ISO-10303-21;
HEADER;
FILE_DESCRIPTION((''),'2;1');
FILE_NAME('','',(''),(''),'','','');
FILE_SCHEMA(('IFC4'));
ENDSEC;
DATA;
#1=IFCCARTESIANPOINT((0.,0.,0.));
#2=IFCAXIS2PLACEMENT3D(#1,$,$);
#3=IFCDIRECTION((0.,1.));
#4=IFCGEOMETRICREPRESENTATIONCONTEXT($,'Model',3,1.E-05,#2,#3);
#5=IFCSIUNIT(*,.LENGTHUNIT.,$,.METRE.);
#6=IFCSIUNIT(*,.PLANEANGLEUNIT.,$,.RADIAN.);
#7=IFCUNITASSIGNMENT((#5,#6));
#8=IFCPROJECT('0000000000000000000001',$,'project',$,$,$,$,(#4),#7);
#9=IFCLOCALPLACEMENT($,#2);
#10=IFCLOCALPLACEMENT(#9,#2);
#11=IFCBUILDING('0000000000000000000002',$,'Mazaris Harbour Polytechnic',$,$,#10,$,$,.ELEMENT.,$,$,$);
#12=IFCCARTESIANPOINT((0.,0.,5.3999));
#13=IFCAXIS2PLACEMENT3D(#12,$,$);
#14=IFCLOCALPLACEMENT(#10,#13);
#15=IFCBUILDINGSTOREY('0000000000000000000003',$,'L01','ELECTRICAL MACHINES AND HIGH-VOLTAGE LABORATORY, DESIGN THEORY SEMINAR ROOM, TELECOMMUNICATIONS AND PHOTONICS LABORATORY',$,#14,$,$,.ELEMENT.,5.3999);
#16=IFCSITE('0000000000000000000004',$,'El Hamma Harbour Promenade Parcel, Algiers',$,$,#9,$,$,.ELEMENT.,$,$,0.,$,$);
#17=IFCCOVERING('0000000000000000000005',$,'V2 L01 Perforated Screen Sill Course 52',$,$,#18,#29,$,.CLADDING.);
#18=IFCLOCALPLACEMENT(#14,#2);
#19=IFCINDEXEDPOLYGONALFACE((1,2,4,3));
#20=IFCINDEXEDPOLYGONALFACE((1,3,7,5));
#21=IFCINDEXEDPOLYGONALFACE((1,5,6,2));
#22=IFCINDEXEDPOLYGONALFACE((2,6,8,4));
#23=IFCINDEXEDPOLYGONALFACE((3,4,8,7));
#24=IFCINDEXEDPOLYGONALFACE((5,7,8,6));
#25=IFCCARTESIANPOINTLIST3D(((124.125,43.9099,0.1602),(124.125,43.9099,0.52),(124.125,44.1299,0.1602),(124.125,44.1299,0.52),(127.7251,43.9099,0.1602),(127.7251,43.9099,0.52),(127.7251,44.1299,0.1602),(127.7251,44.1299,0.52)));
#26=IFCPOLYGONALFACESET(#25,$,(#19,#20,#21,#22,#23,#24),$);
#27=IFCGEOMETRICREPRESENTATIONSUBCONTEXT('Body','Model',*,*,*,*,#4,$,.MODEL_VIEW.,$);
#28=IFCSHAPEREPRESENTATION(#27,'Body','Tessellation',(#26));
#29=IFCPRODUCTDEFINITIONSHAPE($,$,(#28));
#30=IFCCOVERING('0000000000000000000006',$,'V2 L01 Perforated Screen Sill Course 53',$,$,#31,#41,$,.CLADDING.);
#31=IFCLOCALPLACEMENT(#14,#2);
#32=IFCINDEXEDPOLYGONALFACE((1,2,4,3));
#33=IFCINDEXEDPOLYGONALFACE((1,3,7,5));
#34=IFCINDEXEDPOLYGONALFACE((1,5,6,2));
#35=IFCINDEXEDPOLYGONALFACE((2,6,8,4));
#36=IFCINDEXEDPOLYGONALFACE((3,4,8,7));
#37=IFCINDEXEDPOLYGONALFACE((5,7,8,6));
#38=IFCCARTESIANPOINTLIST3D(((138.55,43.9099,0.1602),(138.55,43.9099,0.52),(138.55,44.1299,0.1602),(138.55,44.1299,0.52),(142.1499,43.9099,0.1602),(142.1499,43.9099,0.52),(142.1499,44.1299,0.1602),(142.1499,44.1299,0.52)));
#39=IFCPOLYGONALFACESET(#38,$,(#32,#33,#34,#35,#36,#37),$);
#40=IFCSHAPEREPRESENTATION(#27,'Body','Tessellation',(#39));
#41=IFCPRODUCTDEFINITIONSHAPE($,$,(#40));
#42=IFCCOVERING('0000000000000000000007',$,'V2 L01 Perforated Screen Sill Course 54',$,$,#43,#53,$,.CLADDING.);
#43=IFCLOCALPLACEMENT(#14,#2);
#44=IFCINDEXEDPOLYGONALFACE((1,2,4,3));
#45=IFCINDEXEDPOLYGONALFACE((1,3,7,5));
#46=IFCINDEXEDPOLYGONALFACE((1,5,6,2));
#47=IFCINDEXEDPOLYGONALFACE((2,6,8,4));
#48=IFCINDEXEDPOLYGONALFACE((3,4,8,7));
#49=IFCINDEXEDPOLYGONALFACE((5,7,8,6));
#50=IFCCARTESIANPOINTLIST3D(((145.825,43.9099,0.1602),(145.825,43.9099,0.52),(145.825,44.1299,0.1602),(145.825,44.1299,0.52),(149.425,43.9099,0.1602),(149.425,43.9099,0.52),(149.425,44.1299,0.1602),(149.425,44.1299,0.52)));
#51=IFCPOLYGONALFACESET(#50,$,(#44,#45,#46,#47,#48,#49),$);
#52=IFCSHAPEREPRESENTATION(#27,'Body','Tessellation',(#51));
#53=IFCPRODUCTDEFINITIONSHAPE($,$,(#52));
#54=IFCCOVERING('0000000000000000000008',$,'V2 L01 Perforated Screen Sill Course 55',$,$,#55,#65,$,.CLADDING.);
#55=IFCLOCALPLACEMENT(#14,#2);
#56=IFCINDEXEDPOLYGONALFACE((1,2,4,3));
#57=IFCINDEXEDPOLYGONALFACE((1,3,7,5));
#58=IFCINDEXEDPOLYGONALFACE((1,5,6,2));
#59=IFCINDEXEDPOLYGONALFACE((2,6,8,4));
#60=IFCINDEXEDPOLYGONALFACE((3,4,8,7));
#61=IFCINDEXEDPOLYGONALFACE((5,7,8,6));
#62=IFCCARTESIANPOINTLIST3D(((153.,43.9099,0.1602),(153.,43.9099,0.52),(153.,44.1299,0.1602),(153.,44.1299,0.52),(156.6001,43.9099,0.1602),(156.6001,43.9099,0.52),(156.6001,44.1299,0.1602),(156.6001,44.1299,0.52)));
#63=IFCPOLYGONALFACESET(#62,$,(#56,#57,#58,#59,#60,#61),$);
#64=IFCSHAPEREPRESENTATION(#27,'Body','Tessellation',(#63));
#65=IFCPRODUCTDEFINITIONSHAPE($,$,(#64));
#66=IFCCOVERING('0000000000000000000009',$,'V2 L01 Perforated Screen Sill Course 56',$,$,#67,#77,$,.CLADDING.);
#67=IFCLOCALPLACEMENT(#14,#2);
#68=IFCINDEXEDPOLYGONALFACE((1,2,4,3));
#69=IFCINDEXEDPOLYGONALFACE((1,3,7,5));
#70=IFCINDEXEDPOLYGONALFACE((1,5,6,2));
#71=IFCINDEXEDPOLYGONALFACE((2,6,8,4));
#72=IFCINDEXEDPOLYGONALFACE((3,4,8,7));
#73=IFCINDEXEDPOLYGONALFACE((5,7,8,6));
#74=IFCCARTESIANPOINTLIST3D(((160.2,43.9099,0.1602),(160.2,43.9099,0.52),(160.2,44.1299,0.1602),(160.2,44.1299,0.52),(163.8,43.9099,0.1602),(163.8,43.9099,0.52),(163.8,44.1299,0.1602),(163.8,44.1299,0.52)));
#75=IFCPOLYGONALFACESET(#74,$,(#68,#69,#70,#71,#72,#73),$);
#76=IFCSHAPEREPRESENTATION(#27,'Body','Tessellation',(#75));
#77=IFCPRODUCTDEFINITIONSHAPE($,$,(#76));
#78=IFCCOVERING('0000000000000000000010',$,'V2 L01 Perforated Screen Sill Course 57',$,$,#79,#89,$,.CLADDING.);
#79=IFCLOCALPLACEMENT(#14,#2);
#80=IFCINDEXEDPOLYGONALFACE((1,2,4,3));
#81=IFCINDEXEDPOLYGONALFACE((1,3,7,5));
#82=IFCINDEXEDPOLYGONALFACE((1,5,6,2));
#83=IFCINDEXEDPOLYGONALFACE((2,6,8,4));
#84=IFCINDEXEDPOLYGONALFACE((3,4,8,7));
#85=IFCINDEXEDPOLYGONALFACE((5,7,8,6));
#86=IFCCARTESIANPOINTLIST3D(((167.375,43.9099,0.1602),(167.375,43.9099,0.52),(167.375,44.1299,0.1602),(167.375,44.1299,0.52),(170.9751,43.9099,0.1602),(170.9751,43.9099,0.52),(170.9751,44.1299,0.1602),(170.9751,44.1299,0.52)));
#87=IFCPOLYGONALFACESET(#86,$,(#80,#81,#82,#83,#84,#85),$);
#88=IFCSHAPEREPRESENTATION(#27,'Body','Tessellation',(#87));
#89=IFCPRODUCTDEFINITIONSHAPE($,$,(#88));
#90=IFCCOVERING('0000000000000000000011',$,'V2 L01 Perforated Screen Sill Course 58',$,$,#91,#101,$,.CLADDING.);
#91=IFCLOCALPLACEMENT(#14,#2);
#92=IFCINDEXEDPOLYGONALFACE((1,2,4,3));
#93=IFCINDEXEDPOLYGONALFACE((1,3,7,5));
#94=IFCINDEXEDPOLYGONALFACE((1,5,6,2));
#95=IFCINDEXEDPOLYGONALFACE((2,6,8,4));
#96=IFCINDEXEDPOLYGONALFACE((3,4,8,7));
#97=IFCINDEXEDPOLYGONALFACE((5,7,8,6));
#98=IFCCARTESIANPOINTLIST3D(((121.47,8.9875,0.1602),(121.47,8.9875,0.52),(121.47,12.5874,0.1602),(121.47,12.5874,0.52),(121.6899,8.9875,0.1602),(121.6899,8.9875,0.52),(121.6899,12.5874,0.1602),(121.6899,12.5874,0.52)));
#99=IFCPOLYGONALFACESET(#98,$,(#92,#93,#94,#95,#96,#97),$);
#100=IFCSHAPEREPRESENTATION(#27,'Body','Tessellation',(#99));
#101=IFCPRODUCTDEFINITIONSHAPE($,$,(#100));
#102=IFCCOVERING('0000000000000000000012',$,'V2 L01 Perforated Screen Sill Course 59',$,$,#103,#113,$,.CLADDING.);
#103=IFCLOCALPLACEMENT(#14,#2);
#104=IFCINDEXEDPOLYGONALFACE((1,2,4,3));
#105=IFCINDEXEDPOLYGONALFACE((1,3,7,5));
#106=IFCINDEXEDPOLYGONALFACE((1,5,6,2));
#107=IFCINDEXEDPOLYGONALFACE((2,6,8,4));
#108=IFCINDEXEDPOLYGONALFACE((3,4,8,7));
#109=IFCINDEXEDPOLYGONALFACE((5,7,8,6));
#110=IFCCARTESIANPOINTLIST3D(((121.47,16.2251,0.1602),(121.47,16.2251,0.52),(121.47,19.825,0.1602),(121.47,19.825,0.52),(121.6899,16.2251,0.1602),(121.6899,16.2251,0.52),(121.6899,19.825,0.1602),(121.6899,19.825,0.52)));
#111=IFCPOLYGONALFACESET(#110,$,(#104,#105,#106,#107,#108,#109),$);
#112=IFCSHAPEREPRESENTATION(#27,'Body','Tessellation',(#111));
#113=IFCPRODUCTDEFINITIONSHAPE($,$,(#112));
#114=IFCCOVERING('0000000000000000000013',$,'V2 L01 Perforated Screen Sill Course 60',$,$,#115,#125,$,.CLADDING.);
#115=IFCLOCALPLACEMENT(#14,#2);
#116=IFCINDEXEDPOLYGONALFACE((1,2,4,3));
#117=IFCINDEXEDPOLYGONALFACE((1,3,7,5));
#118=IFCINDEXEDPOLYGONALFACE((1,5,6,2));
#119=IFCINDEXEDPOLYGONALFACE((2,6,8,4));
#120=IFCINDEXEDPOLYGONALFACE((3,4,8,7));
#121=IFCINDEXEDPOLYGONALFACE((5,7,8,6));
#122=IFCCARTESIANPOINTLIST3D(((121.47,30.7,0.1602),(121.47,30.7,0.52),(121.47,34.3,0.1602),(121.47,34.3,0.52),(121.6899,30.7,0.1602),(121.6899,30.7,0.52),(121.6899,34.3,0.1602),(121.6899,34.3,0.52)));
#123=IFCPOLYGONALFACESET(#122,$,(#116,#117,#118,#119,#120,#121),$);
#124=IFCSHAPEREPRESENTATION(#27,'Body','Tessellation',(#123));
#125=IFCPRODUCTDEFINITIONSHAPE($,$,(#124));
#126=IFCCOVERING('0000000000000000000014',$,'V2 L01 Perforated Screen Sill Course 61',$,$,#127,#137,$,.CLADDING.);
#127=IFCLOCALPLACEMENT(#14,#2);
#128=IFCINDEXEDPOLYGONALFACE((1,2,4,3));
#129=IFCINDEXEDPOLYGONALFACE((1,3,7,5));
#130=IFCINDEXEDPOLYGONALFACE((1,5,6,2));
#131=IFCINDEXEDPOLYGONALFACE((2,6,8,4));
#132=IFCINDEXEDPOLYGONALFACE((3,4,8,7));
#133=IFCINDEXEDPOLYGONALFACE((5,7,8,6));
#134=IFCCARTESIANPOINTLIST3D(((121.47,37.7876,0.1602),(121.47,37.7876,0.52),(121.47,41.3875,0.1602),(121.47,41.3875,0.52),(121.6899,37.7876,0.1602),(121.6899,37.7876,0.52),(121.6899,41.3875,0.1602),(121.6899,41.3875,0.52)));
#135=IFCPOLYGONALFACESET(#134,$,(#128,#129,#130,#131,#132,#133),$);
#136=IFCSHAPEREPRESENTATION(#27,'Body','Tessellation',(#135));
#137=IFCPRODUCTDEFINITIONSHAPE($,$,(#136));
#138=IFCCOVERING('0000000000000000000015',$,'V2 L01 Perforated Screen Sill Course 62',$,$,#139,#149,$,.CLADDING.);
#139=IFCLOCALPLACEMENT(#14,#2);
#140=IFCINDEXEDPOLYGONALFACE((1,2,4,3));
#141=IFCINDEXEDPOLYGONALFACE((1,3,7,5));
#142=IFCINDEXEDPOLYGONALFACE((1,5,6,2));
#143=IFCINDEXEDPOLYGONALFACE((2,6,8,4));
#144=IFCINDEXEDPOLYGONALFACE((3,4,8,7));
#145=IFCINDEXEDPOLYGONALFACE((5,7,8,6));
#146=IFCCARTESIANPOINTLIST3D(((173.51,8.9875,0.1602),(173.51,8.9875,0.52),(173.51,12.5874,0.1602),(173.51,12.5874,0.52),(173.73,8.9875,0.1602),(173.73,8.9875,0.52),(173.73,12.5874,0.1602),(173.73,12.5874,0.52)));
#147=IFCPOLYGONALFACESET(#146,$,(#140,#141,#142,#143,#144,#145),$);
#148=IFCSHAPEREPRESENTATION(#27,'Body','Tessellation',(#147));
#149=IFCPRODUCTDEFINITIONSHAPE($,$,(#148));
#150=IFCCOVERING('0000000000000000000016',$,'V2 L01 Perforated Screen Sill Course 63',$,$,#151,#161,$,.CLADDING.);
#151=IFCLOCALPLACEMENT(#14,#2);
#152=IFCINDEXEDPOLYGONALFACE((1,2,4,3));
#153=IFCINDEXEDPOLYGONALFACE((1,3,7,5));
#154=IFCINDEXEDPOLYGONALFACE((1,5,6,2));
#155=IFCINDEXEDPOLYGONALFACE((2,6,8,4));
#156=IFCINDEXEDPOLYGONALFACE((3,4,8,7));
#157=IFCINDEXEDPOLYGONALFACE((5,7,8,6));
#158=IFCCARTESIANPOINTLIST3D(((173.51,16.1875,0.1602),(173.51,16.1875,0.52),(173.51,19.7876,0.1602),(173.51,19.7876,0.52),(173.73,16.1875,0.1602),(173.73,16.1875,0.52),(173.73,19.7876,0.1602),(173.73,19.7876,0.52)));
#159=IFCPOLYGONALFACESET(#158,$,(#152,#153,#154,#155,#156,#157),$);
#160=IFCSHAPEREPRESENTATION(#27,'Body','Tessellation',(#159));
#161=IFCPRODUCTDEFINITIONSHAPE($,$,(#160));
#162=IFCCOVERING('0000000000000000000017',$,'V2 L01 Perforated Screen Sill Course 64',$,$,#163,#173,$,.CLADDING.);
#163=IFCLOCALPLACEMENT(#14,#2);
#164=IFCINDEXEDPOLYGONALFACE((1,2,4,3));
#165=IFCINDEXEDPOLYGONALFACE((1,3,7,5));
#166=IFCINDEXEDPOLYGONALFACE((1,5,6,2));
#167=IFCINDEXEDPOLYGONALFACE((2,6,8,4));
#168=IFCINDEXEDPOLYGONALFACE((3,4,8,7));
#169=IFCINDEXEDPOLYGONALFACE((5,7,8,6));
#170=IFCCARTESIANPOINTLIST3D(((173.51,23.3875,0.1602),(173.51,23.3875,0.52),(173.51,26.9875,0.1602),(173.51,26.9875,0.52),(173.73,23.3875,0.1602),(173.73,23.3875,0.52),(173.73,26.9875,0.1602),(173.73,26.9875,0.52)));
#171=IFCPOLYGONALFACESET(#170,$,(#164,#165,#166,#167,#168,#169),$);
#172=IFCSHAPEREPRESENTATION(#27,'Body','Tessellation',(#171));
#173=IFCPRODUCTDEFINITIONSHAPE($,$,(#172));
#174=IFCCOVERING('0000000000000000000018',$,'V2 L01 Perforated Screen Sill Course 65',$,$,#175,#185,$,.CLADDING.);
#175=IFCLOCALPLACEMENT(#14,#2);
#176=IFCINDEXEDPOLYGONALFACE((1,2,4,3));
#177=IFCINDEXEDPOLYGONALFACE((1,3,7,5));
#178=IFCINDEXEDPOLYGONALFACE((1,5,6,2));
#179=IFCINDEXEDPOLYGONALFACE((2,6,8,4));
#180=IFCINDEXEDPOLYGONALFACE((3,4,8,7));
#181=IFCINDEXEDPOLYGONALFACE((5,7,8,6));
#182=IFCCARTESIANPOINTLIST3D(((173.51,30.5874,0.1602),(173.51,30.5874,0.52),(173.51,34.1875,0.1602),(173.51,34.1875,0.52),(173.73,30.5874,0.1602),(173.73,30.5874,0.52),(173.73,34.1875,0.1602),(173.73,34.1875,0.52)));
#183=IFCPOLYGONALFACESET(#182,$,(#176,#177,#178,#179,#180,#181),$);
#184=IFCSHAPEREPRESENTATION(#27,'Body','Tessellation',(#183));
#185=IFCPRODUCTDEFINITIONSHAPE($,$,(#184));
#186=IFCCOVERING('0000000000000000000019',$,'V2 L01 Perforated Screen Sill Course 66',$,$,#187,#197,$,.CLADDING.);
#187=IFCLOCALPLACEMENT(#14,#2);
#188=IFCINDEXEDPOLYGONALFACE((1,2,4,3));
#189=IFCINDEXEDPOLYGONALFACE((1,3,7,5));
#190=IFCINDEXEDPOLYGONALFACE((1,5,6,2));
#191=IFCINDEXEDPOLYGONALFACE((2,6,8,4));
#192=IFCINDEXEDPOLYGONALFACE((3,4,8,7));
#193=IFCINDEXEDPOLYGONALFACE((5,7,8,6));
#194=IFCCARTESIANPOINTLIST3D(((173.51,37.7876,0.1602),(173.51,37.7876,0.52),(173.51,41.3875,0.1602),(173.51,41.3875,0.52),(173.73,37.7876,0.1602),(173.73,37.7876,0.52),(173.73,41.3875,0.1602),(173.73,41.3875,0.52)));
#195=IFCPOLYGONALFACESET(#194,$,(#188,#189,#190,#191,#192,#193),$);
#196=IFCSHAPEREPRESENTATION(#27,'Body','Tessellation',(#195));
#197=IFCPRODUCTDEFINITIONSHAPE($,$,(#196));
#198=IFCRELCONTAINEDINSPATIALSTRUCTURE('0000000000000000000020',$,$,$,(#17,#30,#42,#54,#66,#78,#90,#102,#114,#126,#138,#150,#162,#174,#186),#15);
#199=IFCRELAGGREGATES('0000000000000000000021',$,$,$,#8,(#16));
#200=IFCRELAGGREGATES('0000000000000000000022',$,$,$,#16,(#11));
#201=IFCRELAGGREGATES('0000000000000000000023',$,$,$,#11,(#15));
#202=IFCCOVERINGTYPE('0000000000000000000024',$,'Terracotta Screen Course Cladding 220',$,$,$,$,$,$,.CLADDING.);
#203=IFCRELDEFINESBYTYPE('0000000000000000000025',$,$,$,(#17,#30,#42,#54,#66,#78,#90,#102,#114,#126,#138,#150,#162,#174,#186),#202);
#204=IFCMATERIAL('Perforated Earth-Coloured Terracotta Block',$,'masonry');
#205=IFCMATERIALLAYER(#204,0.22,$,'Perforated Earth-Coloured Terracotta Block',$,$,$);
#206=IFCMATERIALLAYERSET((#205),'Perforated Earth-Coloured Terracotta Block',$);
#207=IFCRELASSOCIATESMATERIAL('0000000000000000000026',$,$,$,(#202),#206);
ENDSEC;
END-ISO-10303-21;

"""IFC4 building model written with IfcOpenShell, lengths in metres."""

from ifc_helpers import new_model, si_unit, direction, frame, origin, place, context, subcontext, project, spatial, polyline, outline, extrude, material, layer, layer_set, type_object, element, save


model = new_model("IFC4")

# Units and contexts
model_context = context("Model", 3, precision=1e-05, world=origin(), true_north=direction((0.0, 1.0)))
body_context = subcontext(model_context, "Body", "Model", "MODEL_VIEW")
ifc_project = project(units=[si_unit("LENGTHUNIT", "METRE"), si_unit("PLANEANGLEUNIT", "RADIAN")], contexts=[model_context])

# Site, building, storey
site_placement = place(None, origin())
site = spatial("IfcSite", under=ifc_project, at=site_placement, Name="El Hamma Harbour Promenade Parcel, Algiers", CompositionType="ELEMENT", RefElevation=0.0)
building_placement = place(site_placement, origin())
building = spatial("IfcBuilding", under=site, at=building_placement, Name="Mazaris Harbour Polytechnic", CompositionType="ELEMENT")
storey_placement = place(building_placement, frame((0.0, 0.0, 5.3999)))
storey = spatial("IfcBuildingStorey", under=building, at=storey_placement, Name="L01", Description="ELECTRICAL MACHINES AND HIGH-VOLTAGE LABORATORY, DESIGN THEORY SEMINAR ROOM, TELECOMMUNICATIONS AND PHOTONICS LABORATORY", CompositionType="ELEMENT", Elevation=5.3999)

# Coverings
ifc_material = material(Name="Perforated Earth-Coloured Terracotta Block", Category="masonry")
ifc_layer = layer(ifc_material, 0.22, Name="Perforated Earth-Coloured Terracotta Block")
ifc_layer_set = layer_set([ifc_layer], Name="Perforated Earth-Coloured Terracotta Block")
covering_type = type_object("IfcCoveringType", Name="Terracotta Screen Course Cladding 220", PredefinedType="CLADDING", material=ifc_layer_set)
covering_1_placement = place(storey_placement, frame((0.0, 0.0, 0.1602)))
element("IfcCovering", 1, at=covering_1_placement, inside=storey, type_object=covering_type, Name="V2 L01 Perforated Screen Sill Course 52", PredefinedType="CLADDING", context=body_context, shape_type="SweptSolid", body=[
    extrude(outline(polyline([(124.125, 43.9099), (127.7251, 43.9099), (127.7251, 44.1299), (124.125, 44.1299), (124.125, 43.9099)])), origin(), (0.0, 0.0, 1.0), 0.3599),
])
covering_2_placement = place(storey_placement, frame((0.0, 0.0, 0.1602)))
element("IfcCovering", 2, at=covering_2_placement, inside=storey, type_object=covering_type, Name="V2 L01 Perforated Screen Sill Course 53", PredefinedType="CLADDING", context=body_context, shape_type="SweptSolid", body=[
    extrude(outline(polyline([(138.55, 43.9099), (142.1499, 43.9099), (142.1499, 44.1299), (138.55, 44.1299), (138.55, 43.9099)])), origin(), (0.0, 0.0, 1.0), 0.3599),
])
covering_3_placement = place(storey_placement, frame((0.0, 0.0, 0.1602)))
element("IfcCovering", 3, at=covering_3_placement, inside=storey, type_object=covering_type, Name="V2 L01 Perforated Screen Sill Course 54", PredefinedType="CLADDING", context=body_context, shape_type="SweptSolid", body=[
    extrude(outline(polyline([(145.825, 43.9099), (149.425, 43.9099), (149.425, 44.1299), (145.825, 44.1299), (145.825, 43.9099)])), origin(), (0.0, 0.0, 1.0), 0.3599),
])
covering_4_placement = place(storey_placement, frame((0.0, 0.0, 0.1602)))
element("IfcCovering", 4, at=covering_4_placement, inside=storey, type_object=covering_type, Name="V2 L01 Perforated Screen Sill Course 55", PredefinedType="CLADDING", context=body_context, shape_type="SweptSolid", body=[
    extrude(outline(polyline([(153.0, 43.9099), (156.6001, 43.9099), (156.6001, 44.1299), (153.0, 44.1299), (153.0, 43.9099)])), origin(), (0.0, 0.0, 1.0), 0.3599),
])
covering_5_placement = place(storey_placement, frame((0.0, 0.0, 0.1602)))
element("IfcCovering", 5, at=covering_5_placement, inside=storey, type_object=covering_type, Name="V2 L01 Perforated Screen Sill Course 56", PredefinedType="CLADDING", context=body_context, shape_type="SweptSolid", body=[
    extrude(outline(polyline([(160.2, 43.9099), (163.8, 43.9099), (163.8, 44.1299), (160.2, 44.1299), (160.2, 43.9099)])), origin(), (0.0, 0.0, 1.0), 0.3599),
])
covering_6_placement = place(storey_placement, frame((0.0, 0.0, 0.1602)))
element("IfcCovering", 6, at=covering_6_placement, inside=storey, type_object=covering_type, Name="V2 L01 Perforated Screen Sill Course 57", PredefinedType="CLADDING", context=body_context, shape_type="SweptSolid", body=[
    extrude(outline(polyline([(167.375, 43.9099), (170.9751, 43.9099), (170.9751, 44.1299), (167.375, 44.1299), (167.375, 43.9099)])), origin(), (0.0, 0.0, 1.0), 0.3599),
])
covering_7_placement = place(storey_placement, frame((0.0, 0.0, 0.1602)))
element("IfcCovering", 7, at=covering_7_placement, inside=storey, type_object=covering_type, Name="V2 L01 Perforated Screen Sill Course 58", PredefinedType="CLADDING", context=body_context, shape_type="SweptSolid", body=[
    extrude(outline(polyline([(121.6899, 8.9875), (121.6899, 12.5874), (121.47, 12.5874), (121.47, 8.9875), (121.6899, 8.9875)])), origin(), (0.0, 0.0, 1.0), 0.3599),
])
covering_8_placement = place(storey_placement, frame((0.0, 0.0, 0.1602)))
element("IfcCovering", 8, at=covering_8_placement, inside=storey, type_object=covering_type, Name="V2 L01 Perforated Screen Sill Course 59", PredefinedType="CLADDING", context=body_context, shape_type="SweptSolid", body=[
    extrude(outline(polyline([(121.6899, 16.2251), (121.6899, 19.825), (121.47, 19.825), (121.47, 16.2251), (121.6899, 16.2251)])), origin(), (0.0, 0.0, 1.0), 0.3599),
])
covering_9_placement = place(storey_placement, frame((0.0, 0.0, 0.1602)))
element("IfcCovering", 9, at=covering_9_placement, inside=storey, type_object=covering_type, Name="V2 L01 Perforated Screen Sill Course 60", PredefinedType="CLADDING", context=body_context, shape_type="SweptSolid", body=[
    extrude(outline(polyline([(121.6899, 30.7), (121.6899, 34.3), (121.47, 34.3), (121.47, 30.7), (121.6899, 30.7)])), origin(), (0.0, 0.0, 1.0), 0.3599),
])
covering_10_placement = place(storey_placement, frame((0.0, 0.0, 0.1602)))
element("IfcCovering", 10, at=covering_10_placement, inside=storey, type_object=covering_type, Name="V2 L01 Perforated Screen Sill Course 61", PredefinedType="CLADDING", context=body_context, shape_type="SweptSolid", body=[
    extrude(outline(polyline([(121.6899, 37.7876), (121.6899, 41.3875), (121.47, 41.3875), (121.47, 37.7876), (121.6899, 37.7876)])), origin(), (0.0, 0.0, 1.0), 0.3599),
])
covering_11_placement = place(storey_placement, frame((0.0, 0.0, 0.1602)))
element("IfcCovering", 11, at=covering_11_placement, inside=storey, type_object=covering_type, Name="V2 L01 Perforated Screen Sill Course 62", PredefinedType="CLADDING", context=body_context, shape_type="SweptSolid", body=[
    extrude(outline(polyline([(173.51, 12.5874), (173.51, 8.9875), (173.73, 8.9875), (173.73, 12.5874), (173.51, 12.5874)])), origin(), (0.0, 0.0, 1.0), 0.3599),
])
covering_12_placement = place(storey_placement, frame((0.0, 0.0, 0.1602)))
element("IfcCovering", 12, at=covering_12_placement, inside=storey, type_object=covering_type, Name="V2 L01 Perforated Screen Sill Course 63", PredefinedType="CLADDING", context=body_context, shape_type="SweptSolid", body=[
    extrude(outline(polyline([(173.51, 19.7876), (173.51, 16.1875), (173.73, 16.1875), (173.73, 19.7876), (173.51, 19.7876)])), origin(), (0.0, 0.0, 1.0), 0.3599),
])
covering_13_placement = place(storey_placement, frame((0.0, 0.0, 0.1602)))
element("IfcCovering", 13, at=covering_13_placement, inside=storey, type_object=covering_type, Name="V2 L01 Perforated Screen Sill Course 64", PredefinedType="CLADDING", context=body_context, shape_type="SweptSolid", body=[
    extrude(outline(polyline([(173.51, 26.9875), (173.51, 23.3875), (173.73, 23.3875), (173.73, 26.9875), (173.51, 26.9875)])), origin(), (0.0, 0.0, 1.0), 0.3599),
])
covering_14_placement = place(storey_placement, frame((0.0, 0.0, 0.1602)))
element("IfcCovering", 14, at=covering_14_placement, inside=storey, type_object=covering_type, Name="V2 L01 Perforated Screen Sill Course 65", PredefinedType="CLADDING", context=body_context, shape_type="SweptSolid", body=[
    extrude(outline(polyline([(173.51, 34.1875), (173.51, 30.5874), (173.73, 30.5874), (173.73, 34.1875), (173.51, 34.1875)])), origin(), (0.0, 0.0, 1.0), 0.3599),
])
covering_15_placement = place(storey_placement, frame((0.0, 0.0, 0.1602)))
element("IfcCovering", 15, at=covering_15_placement, inside=storey, type_object=covering_type, Name="V2 L01 Perforated Screen Sill Course 66", PredefinedType="CLADDING", context=body_context, shape_type="SweptSolid", body=[
    extrude(outline(polyline([(173.51, 41.3875), (173.51, 37.7876), (173.73, 37.7876), (173.73, 41.3875), (173.51, 41.3875)])), origin(), (0.0, 0.0, 1.0), 0.3599),
])

save(model, "model.ifc")
